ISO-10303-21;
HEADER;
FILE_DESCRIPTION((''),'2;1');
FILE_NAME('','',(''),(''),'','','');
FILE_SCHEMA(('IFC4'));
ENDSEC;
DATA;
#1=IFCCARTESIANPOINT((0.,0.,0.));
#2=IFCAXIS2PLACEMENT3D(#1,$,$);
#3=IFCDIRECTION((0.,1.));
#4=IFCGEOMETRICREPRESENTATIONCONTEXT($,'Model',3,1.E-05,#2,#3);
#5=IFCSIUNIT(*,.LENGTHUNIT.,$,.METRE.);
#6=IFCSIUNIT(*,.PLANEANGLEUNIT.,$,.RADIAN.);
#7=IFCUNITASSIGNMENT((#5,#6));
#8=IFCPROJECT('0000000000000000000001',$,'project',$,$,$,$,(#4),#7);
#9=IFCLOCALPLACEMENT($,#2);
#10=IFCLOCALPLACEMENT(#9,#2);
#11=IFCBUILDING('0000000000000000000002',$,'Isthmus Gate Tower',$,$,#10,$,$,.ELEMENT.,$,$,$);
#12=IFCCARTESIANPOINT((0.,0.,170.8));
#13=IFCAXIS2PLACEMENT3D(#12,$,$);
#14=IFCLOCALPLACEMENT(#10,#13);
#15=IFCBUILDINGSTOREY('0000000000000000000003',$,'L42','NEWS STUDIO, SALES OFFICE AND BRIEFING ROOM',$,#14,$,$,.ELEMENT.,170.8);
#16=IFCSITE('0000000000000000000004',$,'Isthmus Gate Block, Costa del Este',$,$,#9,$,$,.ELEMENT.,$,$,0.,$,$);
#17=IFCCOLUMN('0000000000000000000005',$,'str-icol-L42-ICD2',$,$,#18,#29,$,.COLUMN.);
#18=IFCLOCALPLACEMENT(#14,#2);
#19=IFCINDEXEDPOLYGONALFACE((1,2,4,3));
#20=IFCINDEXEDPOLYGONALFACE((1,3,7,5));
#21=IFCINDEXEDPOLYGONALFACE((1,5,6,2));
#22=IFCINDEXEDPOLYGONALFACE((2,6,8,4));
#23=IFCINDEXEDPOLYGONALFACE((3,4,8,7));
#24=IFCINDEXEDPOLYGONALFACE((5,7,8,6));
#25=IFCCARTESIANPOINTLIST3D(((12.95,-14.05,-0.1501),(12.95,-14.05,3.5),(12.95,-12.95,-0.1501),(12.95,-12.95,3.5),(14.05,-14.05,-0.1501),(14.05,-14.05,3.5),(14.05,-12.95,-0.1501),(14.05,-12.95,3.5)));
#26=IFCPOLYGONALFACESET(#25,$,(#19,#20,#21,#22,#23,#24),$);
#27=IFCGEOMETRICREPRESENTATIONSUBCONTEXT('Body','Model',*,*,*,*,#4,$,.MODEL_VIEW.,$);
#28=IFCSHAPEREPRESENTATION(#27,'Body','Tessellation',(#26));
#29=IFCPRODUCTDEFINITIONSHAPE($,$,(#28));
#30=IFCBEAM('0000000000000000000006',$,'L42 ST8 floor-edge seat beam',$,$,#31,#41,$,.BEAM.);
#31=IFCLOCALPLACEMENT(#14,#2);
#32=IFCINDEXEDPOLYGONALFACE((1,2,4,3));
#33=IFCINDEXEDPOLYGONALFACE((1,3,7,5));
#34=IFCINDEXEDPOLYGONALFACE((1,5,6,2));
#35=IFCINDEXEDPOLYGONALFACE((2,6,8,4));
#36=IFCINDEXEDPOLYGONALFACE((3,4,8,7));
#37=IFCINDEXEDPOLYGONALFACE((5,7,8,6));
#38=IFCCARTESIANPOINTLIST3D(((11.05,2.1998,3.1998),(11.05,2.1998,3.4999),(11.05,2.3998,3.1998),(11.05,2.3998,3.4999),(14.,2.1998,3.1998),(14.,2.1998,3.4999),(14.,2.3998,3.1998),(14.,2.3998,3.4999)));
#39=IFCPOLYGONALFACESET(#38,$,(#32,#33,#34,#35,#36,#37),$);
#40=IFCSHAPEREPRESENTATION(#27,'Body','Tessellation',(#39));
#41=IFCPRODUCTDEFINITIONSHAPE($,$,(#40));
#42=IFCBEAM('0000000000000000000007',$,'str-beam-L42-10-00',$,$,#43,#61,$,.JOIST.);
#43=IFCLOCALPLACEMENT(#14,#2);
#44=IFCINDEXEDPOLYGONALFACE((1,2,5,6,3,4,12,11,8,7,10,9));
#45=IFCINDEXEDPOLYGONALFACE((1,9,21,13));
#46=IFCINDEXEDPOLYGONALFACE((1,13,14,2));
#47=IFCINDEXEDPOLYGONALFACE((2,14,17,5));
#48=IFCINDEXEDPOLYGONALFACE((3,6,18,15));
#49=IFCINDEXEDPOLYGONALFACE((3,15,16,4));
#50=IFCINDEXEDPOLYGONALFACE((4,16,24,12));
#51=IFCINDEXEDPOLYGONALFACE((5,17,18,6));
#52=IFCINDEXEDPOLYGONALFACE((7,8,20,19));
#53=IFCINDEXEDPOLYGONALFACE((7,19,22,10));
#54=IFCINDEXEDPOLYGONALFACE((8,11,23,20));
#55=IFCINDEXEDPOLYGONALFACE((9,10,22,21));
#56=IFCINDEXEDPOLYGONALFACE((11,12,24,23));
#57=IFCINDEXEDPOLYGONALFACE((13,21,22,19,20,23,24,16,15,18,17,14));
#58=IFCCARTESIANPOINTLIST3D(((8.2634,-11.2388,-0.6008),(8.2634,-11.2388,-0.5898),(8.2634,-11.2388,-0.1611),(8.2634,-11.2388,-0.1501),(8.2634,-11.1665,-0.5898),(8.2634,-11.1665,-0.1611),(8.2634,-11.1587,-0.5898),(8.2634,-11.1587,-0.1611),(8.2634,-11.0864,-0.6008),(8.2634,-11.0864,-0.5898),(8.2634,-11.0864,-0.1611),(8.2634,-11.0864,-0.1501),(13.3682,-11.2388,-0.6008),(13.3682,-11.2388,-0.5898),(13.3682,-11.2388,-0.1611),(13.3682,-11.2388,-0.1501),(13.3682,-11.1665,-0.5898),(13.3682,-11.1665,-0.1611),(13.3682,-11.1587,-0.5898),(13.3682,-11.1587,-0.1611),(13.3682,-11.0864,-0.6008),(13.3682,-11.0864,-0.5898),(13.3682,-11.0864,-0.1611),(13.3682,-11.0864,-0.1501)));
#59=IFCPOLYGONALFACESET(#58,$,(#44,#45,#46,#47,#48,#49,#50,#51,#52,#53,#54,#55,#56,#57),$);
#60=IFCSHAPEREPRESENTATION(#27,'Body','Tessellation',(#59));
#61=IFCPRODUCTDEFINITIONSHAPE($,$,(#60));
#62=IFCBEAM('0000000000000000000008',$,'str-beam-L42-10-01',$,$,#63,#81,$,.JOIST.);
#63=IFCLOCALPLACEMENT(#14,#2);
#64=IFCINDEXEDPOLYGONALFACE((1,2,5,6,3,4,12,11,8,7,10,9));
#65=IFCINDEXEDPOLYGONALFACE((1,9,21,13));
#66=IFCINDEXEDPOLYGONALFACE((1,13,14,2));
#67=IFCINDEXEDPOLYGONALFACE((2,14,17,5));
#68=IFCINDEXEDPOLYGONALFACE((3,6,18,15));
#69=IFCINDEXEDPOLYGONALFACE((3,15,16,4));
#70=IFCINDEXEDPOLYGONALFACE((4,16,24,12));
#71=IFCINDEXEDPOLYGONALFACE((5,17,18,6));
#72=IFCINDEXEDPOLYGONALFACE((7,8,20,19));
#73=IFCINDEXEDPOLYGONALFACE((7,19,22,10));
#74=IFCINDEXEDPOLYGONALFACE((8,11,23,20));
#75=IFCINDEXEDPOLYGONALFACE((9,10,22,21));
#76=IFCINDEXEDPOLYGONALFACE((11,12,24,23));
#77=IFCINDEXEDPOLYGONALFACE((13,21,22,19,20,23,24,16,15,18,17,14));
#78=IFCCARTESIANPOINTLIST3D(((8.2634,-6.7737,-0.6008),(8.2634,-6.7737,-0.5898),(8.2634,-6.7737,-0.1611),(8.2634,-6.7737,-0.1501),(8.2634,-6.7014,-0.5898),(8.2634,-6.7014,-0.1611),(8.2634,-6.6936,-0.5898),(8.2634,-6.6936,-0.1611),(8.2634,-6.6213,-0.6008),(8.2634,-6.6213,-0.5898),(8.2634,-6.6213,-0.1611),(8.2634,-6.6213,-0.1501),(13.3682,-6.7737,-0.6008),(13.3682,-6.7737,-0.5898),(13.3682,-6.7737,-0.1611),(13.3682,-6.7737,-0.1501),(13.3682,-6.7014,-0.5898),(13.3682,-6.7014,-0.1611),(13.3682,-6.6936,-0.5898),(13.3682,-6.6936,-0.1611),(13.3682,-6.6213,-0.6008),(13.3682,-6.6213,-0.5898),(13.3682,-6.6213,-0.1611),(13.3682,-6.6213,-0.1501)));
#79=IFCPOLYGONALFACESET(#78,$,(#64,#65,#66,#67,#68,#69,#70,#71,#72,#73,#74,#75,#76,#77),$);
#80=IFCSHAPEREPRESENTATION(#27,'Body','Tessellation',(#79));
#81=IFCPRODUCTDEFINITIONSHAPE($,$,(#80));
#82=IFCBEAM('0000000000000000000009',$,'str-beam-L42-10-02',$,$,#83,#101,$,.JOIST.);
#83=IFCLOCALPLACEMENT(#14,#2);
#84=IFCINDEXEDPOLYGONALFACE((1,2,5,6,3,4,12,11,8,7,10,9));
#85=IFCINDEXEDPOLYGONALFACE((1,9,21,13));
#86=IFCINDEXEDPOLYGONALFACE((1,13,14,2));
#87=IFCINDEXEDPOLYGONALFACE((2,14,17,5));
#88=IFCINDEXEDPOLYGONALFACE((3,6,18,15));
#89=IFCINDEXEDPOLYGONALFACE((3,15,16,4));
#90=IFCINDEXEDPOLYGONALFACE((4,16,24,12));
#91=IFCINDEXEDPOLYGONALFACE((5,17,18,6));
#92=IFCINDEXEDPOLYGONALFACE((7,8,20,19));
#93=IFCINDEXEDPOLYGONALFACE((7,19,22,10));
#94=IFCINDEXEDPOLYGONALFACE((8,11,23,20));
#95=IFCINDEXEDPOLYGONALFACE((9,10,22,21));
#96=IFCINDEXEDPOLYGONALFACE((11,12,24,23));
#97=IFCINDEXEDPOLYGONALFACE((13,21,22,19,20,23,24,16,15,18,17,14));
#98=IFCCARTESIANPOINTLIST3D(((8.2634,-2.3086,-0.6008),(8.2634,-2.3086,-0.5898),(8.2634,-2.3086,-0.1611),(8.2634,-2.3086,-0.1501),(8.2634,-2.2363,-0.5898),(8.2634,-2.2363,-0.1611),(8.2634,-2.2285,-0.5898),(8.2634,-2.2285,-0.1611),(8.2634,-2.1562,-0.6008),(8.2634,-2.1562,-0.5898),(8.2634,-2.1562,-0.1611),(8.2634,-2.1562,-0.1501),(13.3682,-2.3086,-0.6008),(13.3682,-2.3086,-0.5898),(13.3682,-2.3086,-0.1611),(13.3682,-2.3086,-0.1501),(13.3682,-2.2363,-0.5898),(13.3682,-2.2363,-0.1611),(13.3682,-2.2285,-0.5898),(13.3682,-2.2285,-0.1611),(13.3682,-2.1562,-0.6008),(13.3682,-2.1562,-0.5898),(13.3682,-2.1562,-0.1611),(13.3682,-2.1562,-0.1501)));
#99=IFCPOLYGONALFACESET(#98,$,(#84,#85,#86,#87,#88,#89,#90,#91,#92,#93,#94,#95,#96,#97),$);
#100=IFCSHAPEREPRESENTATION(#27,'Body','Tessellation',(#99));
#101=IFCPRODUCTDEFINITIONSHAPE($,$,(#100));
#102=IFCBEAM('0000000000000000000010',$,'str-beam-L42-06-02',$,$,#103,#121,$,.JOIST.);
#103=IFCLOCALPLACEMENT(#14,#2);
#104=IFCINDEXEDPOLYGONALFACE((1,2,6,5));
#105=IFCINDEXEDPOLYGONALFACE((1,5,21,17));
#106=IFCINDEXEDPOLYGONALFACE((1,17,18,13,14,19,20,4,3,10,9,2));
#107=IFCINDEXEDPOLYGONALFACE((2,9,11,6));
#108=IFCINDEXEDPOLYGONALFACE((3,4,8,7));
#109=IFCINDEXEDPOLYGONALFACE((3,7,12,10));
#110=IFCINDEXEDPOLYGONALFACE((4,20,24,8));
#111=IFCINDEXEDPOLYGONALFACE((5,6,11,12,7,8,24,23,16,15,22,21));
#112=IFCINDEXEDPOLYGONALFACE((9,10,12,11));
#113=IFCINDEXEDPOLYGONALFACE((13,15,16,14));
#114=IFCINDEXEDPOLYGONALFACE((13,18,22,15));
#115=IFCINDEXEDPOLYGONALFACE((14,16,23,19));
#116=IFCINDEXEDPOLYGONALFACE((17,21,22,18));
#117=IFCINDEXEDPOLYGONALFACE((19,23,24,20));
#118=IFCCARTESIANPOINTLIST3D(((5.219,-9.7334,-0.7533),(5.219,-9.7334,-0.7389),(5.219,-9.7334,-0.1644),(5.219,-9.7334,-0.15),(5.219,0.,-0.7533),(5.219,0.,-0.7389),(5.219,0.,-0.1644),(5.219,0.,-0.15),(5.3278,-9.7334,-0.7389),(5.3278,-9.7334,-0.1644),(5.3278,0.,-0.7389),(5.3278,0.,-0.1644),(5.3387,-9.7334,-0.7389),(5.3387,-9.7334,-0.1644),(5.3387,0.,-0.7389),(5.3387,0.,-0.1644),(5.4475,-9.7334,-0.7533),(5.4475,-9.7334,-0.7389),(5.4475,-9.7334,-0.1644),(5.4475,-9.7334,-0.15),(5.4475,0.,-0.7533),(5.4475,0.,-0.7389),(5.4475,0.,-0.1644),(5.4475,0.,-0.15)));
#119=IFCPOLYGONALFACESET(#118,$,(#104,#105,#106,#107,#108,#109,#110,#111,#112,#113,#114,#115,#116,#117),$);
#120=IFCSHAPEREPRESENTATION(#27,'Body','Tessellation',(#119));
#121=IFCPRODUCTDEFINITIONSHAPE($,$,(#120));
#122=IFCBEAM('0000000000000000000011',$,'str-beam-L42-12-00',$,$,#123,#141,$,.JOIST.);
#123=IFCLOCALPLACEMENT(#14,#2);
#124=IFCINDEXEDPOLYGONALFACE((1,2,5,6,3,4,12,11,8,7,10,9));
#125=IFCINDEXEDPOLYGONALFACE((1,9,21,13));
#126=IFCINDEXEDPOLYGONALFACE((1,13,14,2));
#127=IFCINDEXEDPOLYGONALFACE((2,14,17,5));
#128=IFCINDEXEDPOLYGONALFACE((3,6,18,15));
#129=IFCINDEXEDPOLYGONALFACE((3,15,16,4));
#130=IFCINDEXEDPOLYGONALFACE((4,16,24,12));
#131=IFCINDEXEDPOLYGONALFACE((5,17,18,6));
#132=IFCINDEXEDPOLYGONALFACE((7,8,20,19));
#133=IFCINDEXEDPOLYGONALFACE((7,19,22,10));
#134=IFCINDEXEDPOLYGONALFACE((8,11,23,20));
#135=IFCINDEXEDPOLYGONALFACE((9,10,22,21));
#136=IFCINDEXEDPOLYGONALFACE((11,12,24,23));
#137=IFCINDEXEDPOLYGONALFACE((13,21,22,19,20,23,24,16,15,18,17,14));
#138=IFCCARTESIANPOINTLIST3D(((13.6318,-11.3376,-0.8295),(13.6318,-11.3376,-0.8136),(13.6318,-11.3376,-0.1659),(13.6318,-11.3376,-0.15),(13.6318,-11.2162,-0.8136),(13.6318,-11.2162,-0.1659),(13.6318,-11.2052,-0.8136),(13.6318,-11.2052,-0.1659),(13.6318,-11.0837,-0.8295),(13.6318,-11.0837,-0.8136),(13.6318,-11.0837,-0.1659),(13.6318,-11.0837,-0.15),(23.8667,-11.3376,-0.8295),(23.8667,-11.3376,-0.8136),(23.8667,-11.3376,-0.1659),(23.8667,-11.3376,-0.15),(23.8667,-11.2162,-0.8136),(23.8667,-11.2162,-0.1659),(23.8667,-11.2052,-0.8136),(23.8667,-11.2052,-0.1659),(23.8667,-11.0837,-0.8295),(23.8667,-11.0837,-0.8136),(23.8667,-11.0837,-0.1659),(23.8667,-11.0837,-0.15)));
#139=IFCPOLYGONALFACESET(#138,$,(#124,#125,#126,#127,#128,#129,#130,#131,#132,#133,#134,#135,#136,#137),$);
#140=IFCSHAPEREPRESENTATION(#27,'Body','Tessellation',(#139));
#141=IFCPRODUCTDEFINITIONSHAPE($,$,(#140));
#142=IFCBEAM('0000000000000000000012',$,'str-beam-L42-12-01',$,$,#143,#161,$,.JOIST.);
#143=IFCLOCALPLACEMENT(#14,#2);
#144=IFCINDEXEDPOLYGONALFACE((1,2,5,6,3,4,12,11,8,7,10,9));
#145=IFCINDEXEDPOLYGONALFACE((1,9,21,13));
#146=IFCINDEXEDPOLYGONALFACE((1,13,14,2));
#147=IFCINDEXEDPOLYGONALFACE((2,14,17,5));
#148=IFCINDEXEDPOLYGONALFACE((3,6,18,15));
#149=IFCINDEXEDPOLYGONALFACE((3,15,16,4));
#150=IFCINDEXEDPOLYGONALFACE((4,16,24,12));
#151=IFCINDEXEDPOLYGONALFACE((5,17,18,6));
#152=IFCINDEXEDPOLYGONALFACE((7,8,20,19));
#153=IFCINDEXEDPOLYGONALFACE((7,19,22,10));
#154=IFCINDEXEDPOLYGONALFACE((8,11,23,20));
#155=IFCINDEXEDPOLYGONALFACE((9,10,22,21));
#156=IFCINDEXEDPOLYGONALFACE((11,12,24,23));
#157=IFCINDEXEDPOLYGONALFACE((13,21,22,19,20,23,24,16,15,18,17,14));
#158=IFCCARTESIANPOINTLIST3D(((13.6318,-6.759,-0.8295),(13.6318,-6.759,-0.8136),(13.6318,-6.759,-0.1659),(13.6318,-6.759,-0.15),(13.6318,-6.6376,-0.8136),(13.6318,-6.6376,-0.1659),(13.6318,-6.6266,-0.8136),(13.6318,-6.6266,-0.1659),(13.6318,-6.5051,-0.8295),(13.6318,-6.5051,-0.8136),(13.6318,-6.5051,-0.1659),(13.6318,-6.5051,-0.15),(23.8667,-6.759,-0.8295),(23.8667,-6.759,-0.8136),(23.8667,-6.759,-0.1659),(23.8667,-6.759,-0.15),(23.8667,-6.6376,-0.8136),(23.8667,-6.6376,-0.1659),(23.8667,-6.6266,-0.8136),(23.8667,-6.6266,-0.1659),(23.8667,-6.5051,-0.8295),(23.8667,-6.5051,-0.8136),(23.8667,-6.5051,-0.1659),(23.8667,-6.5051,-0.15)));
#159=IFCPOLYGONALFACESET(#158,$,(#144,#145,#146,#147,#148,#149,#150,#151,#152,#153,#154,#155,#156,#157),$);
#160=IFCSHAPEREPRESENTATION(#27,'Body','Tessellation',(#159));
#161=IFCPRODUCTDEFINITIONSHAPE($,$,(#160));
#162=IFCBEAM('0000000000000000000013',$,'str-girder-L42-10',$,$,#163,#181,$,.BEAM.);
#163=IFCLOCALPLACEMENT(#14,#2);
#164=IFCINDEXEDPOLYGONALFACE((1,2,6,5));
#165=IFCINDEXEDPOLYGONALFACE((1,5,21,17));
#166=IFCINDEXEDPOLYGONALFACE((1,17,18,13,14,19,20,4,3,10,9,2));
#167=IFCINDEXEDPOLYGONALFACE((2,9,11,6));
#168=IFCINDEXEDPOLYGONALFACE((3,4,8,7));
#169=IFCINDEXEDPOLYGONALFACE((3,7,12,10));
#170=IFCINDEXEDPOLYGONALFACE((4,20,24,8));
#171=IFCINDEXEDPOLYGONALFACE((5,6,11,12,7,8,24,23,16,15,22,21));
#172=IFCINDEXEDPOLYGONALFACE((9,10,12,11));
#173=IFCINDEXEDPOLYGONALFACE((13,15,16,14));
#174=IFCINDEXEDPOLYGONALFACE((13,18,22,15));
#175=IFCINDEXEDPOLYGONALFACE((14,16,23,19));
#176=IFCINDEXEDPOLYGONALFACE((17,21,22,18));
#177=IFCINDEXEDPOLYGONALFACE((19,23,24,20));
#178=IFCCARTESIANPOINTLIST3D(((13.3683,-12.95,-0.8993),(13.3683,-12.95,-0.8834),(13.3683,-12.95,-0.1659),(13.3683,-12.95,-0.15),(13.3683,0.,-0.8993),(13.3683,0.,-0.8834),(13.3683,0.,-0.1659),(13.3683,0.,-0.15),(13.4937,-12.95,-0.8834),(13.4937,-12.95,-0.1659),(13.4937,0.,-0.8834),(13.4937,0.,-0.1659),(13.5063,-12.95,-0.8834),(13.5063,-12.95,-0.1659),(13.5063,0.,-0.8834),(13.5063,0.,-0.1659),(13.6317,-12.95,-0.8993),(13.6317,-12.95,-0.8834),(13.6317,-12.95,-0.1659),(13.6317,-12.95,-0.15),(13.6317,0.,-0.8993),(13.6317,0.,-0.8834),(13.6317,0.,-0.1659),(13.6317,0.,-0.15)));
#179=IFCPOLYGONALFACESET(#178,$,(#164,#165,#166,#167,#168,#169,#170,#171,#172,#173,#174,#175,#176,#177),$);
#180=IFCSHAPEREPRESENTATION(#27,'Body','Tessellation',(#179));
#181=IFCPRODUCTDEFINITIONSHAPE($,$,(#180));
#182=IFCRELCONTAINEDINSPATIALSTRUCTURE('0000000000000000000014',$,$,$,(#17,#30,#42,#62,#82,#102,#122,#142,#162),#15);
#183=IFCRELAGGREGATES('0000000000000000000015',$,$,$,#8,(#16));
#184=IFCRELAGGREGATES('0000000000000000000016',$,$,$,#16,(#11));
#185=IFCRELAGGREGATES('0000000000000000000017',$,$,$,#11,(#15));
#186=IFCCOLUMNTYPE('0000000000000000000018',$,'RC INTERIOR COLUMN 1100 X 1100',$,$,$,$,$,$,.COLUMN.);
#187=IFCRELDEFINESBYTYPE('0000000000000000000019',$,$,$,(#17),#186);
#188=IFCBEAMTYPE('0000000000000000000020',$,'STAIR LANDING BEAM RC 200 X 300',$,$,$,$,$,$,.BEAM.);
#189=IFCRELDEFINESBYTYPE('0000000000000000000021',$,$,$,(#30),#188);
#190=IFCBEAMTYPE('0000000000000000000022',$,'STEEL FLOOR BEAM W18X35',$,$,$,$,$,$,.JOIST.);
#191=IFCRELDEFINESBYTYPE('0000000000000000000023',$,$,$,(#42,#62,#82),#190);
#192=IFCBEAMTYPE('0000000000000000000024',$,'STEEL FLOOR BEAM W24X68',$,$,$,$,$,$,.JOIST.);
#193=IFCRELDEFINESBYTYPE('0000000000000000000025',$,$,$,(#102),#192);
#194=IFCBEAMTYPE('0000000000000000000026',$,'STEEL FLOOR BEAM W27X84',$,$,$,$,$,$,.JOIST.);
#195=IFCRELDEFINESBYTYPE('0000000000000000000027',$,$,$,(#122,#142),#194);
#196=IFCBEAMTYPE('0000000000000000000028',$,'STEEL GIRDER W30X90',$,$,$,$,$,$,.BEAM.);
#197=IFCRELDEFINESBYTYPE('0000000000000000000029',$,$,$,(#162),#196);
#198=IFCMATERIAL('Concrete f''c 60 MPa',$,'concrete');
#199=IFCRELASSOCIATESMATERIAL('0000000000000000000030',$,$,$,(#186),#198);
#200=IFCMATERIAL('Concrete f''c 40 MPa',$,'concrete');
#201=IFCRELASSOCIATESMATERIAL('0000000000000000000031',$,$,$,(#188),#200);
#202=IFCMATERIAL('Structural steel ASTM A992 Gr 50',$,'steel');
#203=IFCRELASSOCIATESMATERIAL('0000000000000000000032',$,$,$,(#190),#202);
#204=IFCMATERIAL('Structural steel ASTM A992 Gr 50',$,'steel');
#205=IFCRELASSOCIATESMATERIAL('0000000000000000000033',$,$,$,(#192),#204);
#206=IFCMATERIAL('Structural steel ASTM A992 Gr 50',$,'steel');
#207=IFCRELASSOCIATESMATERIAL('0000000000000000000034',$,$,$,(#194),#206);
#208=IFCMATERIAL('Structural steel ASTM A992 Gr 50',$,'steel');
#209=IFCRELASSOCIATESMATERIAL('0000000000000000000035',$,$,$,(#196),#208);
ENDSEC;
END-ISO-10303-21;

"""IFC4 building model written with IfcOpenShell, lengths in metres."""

from ifc_helpers import new_model, si_unit, direction, frame, origin, origin_2d, place, context, subcontext, project, spatial, rectangle, i_section, extrude, material, material_profile, profile_set, type_object, element, save


model = new_model("IFC4")

# Units and contexts
model_context = context("Model", 3, precision=1e-05, world=origin(), true_north=direction((0.0, 1.0)))
body_context = subcontext(model_context, "Body", "Model", "MODEL_VIEW")
ifc_project = project(units=[si_unit("LENGTHUNIT", "METRE"), si_unit("PLANEANGLEUNIT", "RADIAN")], contexts=[model_context])

# Site, building, storey
site_placement = place(None, origin())
site = spatial("IfcSite", under=ifc_project, at=site_placement, Name="Isthmus Gate Block, Costa del Este", CompositionType="ELEMENT", RefElevation=0.0)
building_placement = place(site_placement, origin())
building = spatial("IfcBuilding", under=site, at=building_placement, Name="Isthmus Gate Tower", CompositionType="ELEMENT")
storey_placement = place(building_placement, frame((0.0, 0.0, 170.8)))
storey = spatial("IfcBuildingStorey", under=building, at=storey_placement, Name="L42", Description="NEWS STUDIO, SALES OFFICE AND BRIEFING ROOM", CompositionType="ELEMENT", Elevation=170.8)

# Column
ifc_material_1 = material(Name="Concrete f'c 60 MPa", Category="concrete")
ifc_material_profile_1 = material_profile(ifc_material_1, rectangle(XDim=1.1001, YDim=1.1001, at=origin_2d()), Name="RC 1100X1100")
ifc_profile_set_1 = profile_set([ifc_material_profile_1], Name="Concrete f'c 60 MPa")
column_type = type_object("IfcColumnType", Name="RC INTERIOR COLUMN 1100 X 1100", PredefinedType="COLUMN", material=ifc_profile_set_1)
column_placement = place(storey_placement, frame((13.5, -13.5, -0.1501), z_axis=(0.0, 0.0, 1.0), x_axis=(1.0, 0.0, 0.0)))
element("IfcColumn", 1, at=column_placement, inside=storey, type_object=column_type, Name="str-icol-L42-ICD2", PredefinedType="COLUMN", context=body_context, shape_type="SweptSolid", body=[
    extrude(rectangle(XDim=1.1001, YDim=1.1001, at=origin_2d()), origin(), (0.0, 0.0, 1.0), 3.6501),
])

# Beams
ifc_material_2 = material(Name="Concrete f'c 40 MPa", Category="concrete")
ifc_material_profile_2 = material_profile(ifc_material_2, rectangle(XDim=0.2, YDim=0.3, at=origin_2d()), Name="STAIR LANDING BEAM RC 200 X 300")
ifc_profile_set_2 = profile_set([ifc_material_profile_2], Name="Concrete f'c 40 MPa")
beam_type_1 = type_object("IfcBeamType", Name="STAIR LANDING BEAM RC 200 X 300", PredefinedType="BEAM", material=ifc_profile_set_2)
beam_1_placement = place(storey_placement, frame((11.05, 2.2998, 3.3499), z_axis=(1.0, 0.0, 0.0), x_axis=(0.0, 1.0, 0.0)))
element("IfcBeam", 2, at=beam_1_placement, inside=storey, type_object=beam_type_1, Name="L42 ST8 floor-edge seat beam", PredefinedType="BEAM", context=body_context, shape_type="SweptSolid", body=[
    extrude(rectangle(XDim=0.2, YDim=0.3, at=origin_2d()), origin(), (0.0, 0.0, 1.0), 2.95),
])
ifc_material_3 = material(Name="Structural steel ASTM A992 Gr 50", Category="steel")
ifc_material_profile_3 = material_profile(ifc_material_3, i_section(OverallWidth=0.1523, OverallDepth=0.4507, WebThickness=0.0078, FlangeThickness=0.011, at=origin_2d()), Name="W18X35")
ifc_profile_set_3 = profile_set([ifc_material_profile_3], Name="Structural steel ASTM A992 Gr 50")
beam_type_2 = type_object("IfcBeamType", Name="STEEL FLOOR BEAM W18X35", PredefinedType="JOIST", material=ifc_profile_set_3)
for number, where, z_axis, x_axis, name in (
    (3, (8.2634, -11.1626, -0.3755), (1.0, 0.0, 0.0), (0.0, 1.0, 0.0), "str-beam-L42-10-00"),
    (4, (8.2634, -6.6975, -0.3755), (1.0, 0.0, 0.0), (0.0, 1.0, 0.0), "str-beam-L42-10-01"),
    (5, (8.2634, -2.2324, -0.3755), (1.0, 0.0, 0.0), (0.0, 1.0, 0.0), "str-beam-L42-10-02"),
):
    element("IfcBeam", number, at=place(storey_placement, frame(where, z_axis=z_axis, x_axis=x_axis)), inside=storey, type_object=beam_type_2, Name=name, PredefinedType="JOIST", context=body_context, shape_type="SweptSolid", body=[
        extrude(i_section(OverallWidth=0.1523, OverallDepth=0.4507, WebThickness=0.0078, FlangeThickness=0.011, at=origin_2d()), origin(), (0.0, 0.0, 1.0), 5.1047),
    ])
ifc_material_4 = material(Name="Structural steel ASTM A992 Gr 50", Category="steel")
ifc_material_profile_4 = material_profile(ifc_material_4, i_section(OverallWidth=0.2285, OverallDepth=0.6033, WebThickness=0.011, FlangeThickness=0.0144, at=origin_2d()), Name="W24X68")
ifc_profile_set_4 = profile_set([ifc_material_profile_4], Name="Structural steel ASTM A992 Gr 50")
beam_type_3 = type_object("IfcBeamType", Name="STEEL FLOOR BEAM W24X68", PredefinedType="JOIST", material=ifc_profile_set_4)
beam_2_placement = place(storey_placement, frame((5.3333, -9.7334, -0.4517), z_axis=(0.0, 1.0, 0.0), x_axis=(-1.0, 0.0, 0.0)))
element("IfcBeam", 6, at=beam_2_placement, inside=storey, type_object=beam_type_3, Name="str-beam-L42-06-02", PredefinedType="JOIST", context=body_context, shape_type="SweptSolid", body=[
    extrude(i_section(OverallWidth=0.2285, OverallDepth=0.6033, WebThickness=0.011, FlangeThickness=0.0144, at=origin_2d()), origin(), (0.0, 0.0, 1.0), 9.7334),
])
ifc_material_5 = material(Name="Structural steel ASTM A992 Gr 50", Category="steel")
ifc_material_profile_5 = material_profile(ifc_material_5, i_section(OverallWidth=0.2539, OverallDepth=0.6794, WebThickness=0.011, FlangeThickness=0.0159, at=origin_2d()), Name="W27X84")
ifc_profile_set_5 = profile_set([ifc_material_profile_5], Name="Structural steel ASTM A992 Gr 50")
beam_type_4 = type_object("IfcBeamType", Name="STEEL FLOOR BEAM W27X84", PredefinedType="JOIST", material=ifc_profile_set_5)
for number, where, z_axis, x_axis, name in (
    (7, (13.6318, -11.2107, -0.4897), (1.0, 0.0, 0.0), (0.0, 1.0, 0.0), "str-beam-L42-12-00"),
    (8, (13.6318, -6.6321, -0.4897), (1.0, 0.0, 0.0), (0.0, 1.0, 0.0), "str-beam-L42-12-01"),
):
    element("IfcBeam", number, at=place(storey_placement, frame(where, z_axis=z_axis, x_axis=x_axis)), inside=storey, type_object=beam_type_4, Name=name, PredefinedType="JOIST", context=body_context, shape_type="SweptSolid", body=[
        extrude(i_section(OverallWidth=0.2539, OverallDepth=0.6794, WebThickness=0.011, FlangeThickness=0.0159, at=origin_2d()), origin(), (0.0, 0.0, 1.0), 10.2349),
    ])
ifc_material_6 = material(Name="Structural steel ASTM A992 Gr 50", Category="steel")
ifc_material_profile_6 = material_profile(ifc_material_6, i_section(OverallWidth=0.2634, OverallDepth=0.7493, WebThickness=0.0127, FlangeThickness=0.0159, at=origin_2d()), Name="W30X90")
ifc_profile_set_6 = profile_set([ifc_material_profile_6], Name="Structural steel ASTM A992 Gr 50")
beam_type_5 = type_object("IfcBeamType", Name="STEEL GIRDER W30X90", PredefinedType="BEAM", material=ifc_profile_set_6)
beam_3_placement = place(storey_placement, frame((13.5, -12.95, -0.5247), z_axis=(0.0, 1.0, 0.0), x_axis=(-1.0, 0.0, 0.0)))
element("IfcBeam", 9, at=beam_3_placement, inside=storey, type_object=beam_type_5, Name="str-girder-L42-10", PredefinedType="BEAM", context=body_context, shape_type="SweptSolid", body=[
    extrude(i_section(OverallWidth=0.2634, OverallDepth=0.7493, WebThickness=0.0127, FlangeThickness=0.0159, at=origin_2d()), origin(), (0.0, 0.0, 1.0), 12.95),
])

save(model, "model.ifc")
